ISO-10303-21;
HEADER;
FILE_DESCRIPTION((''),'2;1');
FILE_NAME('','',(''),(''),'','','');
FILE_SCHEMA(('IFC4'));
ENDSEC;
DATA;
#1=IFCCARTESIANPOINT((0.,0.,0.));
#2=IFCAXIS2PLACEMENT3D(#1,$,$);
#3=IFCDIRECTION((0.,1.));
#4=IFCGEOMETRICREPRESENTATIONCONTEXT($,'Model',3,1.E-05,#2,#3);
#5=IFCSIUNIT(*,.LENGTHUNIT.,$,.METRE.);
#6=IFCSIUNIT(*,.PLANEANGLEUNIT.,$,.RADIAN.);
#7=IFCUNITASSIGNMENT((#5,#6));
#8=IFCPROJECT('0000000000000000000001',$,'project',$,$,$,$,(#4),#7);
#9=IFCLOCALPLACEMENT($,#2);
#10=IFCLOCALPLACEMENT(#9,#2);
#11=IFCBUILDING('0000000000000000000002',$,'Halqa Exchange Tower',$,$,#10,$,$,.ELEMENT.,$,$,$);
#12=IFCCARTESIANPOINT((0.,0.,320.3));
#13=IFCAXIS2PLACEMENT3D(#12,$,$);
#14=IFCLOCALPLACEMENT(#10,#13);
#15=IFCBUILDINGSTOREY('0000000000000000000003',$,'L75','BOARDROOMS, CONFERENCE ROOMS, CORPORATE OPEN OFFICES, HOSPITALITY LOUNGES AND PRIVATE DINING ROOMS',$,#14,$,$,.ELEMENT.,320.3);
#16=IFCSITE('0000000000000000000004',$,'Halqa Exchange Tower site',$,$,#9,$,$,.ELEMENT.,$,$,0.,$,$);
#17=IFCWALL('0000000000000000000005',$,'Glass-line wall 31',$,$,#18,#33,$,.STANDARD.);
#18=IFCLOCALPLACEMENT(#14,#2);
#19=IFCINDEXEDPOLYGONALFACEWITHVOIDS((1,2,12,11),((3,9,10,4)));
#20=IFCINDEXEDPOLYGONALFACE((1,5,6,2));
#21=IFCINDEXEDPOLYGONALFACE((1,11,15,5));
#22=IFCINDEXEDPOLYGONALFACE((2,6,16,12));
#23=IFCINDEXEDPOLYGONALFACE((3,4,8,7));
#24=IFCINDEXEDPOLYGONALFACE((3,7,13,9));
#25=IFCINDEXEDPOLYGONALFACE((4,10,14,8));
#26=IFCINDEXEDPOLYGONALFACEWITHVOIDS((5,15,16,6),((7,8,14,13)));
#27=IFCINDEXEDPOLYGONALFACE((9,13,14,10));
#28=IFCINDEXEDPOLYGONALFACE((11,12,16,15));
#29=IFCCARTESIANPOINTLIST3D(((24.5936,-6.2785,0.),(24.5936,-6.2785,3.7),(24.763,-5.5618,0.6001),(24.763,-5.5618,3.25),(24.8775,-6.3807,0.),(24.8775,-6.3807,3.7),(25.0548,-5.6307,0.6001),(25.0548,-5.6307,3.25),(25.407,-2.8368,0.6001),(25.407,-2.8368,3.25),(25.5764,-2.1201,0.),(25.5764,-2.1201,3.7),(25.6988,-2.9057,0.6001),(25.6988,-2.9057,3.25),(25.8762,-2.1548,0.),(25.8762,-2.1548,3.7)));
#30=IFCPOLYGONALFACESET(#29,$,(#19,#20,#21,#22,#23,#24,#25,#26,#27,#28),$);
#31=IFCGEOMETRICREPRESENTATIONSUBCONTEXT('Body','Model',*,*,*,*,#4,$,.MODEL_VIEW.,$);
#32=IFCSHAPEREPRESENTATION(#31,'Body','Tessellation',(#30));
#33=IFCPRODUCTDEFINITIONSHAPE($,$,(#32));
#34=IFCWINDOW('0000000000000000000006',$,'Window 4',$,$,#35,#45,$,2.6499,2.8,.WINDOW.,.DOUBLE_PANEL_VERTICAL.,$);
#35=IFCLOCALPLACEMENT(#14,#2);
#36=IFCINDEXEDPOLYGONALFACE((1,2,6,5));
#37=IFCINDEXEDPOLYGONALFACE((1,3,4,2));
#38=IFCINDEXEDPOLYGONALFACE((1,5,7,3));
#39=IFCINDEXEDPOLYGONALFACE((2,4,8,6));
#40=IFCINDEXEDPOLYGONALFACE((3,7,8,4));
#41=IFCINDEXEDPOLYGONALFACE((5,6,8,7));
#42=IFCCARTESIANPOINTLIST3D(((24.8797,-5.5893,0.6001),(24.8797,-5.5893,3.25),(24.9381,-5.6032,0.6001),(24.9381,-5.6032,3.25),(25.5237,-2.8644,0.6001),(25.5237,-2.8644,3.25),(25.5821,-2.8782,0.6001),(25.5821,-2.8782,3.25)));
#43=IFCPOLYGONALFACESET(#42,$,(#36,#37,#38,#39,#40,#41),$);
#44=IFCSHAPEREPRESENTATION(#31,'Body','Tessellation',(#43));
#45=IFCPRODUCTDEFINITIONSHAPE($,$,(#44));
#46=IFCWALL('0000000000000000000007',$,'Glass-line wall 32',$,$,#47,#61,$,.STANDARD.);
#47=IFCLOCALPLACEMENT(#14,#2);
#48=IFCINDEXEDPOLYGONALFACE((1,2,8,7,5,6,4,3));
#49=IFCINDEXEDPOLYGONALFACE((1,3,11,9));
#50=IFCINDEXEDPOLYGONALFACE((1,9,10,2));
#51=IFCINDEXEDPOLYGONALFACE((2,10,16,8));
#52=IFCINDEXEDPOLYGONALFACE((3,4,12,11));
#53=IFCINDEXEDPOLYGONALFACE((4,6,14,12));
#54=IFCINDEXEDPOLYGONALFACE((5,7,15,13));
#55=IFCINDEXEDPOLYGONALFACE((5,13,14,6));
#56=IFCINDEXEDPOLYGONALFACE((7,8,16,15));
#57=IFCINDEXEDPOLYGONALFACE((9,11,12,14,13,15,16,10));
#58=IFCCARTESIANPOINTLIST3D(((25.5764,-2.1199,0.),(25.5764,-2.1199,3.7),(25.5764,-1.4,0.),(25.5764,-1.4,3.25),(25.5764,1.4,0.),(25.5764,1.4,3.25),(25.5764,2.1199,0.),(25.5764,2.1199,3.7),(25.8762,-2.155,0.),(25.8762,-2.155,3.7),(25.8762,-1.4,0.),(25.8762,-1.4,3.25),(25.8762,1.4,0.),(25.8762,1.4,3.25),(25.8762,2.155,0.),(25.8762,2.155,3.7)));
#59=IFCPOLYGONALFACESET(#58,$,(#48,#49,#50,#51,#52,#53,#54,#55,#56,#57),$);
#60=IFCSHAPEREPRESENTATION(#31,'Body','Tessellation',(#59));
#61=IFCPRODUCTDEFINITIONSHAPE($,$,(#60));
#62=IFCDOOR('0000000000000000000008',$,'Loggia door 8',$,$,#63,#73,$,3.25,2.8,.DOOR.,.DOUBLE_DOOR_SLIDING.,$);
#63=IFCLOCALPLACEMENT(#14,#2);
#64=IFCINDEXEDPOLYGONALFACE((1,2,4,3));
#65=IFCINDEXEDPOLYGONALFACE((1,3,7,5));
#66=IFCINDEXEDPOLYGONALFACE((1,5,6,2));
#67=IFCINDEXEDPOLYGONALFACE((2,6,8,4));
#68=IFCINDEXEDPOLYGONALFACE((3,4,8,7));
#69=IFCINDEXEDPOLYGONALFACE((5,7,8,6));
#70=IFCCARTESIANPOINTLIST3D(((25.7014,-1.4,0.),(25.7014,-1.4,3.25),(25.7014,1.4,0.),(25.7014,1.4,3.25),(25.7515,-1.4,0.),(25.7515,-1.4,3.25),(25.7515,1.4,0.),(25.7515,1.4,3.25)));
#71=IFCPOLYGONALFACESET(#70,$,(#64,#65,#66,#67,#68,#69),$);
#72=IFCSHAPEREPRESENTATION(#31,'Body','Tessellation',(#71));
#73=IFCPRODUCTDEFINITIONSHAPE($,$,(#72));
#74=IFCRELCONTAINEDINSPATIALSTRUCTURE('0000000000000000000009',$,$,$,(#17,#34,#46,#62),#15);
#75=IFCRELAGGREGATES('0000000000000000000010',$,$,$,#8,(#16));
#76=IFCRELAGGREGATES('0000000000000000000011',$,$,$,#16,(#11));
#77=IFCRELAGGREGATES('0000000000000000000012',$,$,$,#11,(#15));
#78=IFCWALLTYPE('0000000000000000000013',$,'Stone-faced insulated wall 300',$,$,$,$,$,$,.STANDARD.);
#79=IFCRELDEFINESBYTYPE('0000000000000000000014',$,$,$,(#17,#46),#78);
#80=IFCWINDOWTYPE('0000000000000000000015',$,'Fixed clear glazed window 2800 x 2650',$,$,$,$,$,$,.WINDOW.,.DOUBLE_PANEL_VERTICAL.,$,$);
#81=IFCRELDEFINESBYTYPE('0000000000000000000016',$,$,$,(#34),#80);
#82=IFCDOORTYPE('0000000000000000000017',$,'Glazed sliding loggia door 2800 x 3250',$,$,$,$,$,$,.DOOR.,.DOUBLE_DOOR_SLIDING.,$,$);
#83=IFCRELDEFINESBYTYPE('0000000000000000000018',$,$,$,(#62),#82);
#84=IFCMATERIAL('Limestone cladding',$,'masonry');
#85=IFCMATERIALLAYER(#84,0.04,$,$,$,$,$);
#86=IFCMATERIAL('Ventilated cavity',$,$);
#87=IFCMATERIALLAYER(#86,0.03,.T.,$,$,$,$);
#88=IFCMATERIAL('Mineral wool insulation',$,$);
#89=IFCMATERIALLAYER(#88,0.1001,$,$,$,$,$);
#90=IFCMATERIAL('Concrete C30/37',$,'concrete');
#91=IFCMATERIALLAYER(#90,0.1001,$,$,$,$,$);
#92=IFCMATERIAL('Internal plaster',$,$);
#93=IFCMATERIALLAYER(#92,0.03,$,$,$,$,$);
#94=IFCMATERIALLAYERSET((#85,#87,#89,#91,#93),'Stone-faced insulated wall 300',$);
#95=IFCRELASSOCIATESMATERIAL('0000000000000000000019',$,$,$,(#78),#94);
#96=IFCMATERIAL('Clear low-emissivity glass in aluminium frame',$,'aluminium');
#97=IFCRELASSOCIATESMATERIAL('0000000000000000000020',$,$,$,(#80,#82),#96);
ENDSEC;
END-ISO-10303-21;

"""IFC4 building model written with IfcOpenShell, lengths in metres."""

from ifc_helpers import new_model, si_unit, direction, frame, frame_2d, origin, place, context, subcontext, project, spatial, polyline, rectangle, outline, extrude, material, layer, layer_set, type_object, element, fill, save


model = new_model("IFC4")

# Units and contexts
model_context = context("Model", 3, precision=1e-05, world=origin(), true_north=direction((0.0, 1.0)))
body_context = subcontext(model_context, "Body", "Model", "MODEL_VIEW")
ifc_project = project(units=[si_unit("LENGTHUNIT", "METRE"), si_unit("PLANEANGLEUNIT", "RADIAN")], contexts=[model_context])

# Site, building, storey
site_placement = place(None, origin())
site = spatial("IfcSite", under=ifc_project, at=site_placement, Name="Halqa Exchange Tower site", CompositionType="ELEMENT", RefElevation=0.0)
building_placement = place(site_placement, origin())
building = spatial("IfcBuilding", under=site, at=building_placement, Name="Halqa Exchange Tower", CompositionType="ELEMENT")
storey_placement = place(building_placement, frame((0.0, 0.0, 320.3)))
storey = spatial("IfcBuildingStorey", under=building, at=storey_placement, Name="L75", Description="BOARDROOMS, CONFERENCE ROOMS, CORPORATE OPEN OFFICES, HOSPITALITY LOUNGES AND PRIVATE DINING ROOMS", CompositionType="ELEMENT", Elevation=320.3)

# Wall, opening, window
ifc_material_1 = material(Name="Limestone cladding", Category="masonry")
ifc_layer_1 = layer(ifc_material_1, 0.04)
ifc_material_2 = material(Name="Ventilated cavity")
ifc_layer_2 = layer(ifc_material_2, 0.03, ventilated=True)
ifc_material_3 = material(Name="Mineral wool insulation")
ifc_layer_3 = layer(ifc_material_3, 0.1001)
ifc_material_4 = material(Name="Concrete C30/37", Category="concrete")
ifc_layer_4 = layer(ifc_material_4, 0.1001)
ifc_material_5 = material(Name="Internal plaster")
ifc_layer_5 = layer(ifc_material_5, 0.03)
ifc_layer_set_1 = layer_set([ifc_layer_1, ifc_layer_2, ifc_layer_3, ifc_layer_4, ifc_layer_5], Name="Stone-faced insulated wall 300")
wall_type_1 = type_object("IfcWallType", Name="Stone-faced insulated wall 300", PredefinedType="STANDARD", material=ifc_layer_set_1)
ifc_material_6 = material(Name="Clear low-emissivity glass in aluminium frame", Category="aluminium")
window_type = type_object("IfcWindowType", Name="Fixed clear glazed window 2800 x 2650", PartitioningType="DOUBLE_PANEL_VERTICAL", PredefinedType="WINDOW", material=ifc_material_6)
wall_1_placement = place(storey_placement, frame((24.7356, -6.3296, 0.0), z_axis=(0.0, 0.0, 1.0), x_axis=(0.229993, 0.973192, 0.0)))
wall_1 = element("IfcWall", 1, at=wall_1_placement, inside=storey, type_object=wall_type_1, Name="Glass-line wall 31", PredefinedType="STANDARD", context=body_context, shape_type="SweptSolid", body=[
    extrude(outline(polyline([(-0.0171, -0.1499), (4.3252, -0.1499), (4.29, 0.1499), (0.0171, 0.1499), (-0.0171, -0.1499)])), origin(), (0.0, 0.0, 1.0), 3.7),
])
opening_1_placement = place(wall_1_placement, frame((0.7537, 0.0, 0.6001)))
opening_1 = element("IfcOpeningElement", 2, at=opening_1_placement, cuts=wall_1, PredefinedType="OPENING", context=body_context, shape_type="SweptSolid", body=[
    extrude(rectangle(XDim=2.8, YDim=2.6499, at=frame_2d((1.3999, 1.325))), frame((0.0, 0.1621, 0.0), z_axis=(0.0, -1.0, 0.0), x_axis=(1.0, 0.0, 0.0)), (0.0, 0.0, 1.0), 0.324),
])
window_1_placement = place(opening_1_placement, origin())
window_1 = element("IfcWindow", 3, at=window_1_placement, inside=storey, type_object=window_type, Name="Window 4", OverallHeight=2.6499, OverallWidth=2.8, PartitioningType="DOUBLE_PANEL_VERTICAL", PredefinedType="WINDOW", context=body_context, shape_type="SweptSolid", body=[
    extrude(rectangle(XDim=2.8, YDim=2.6499, at=frame_2d((1.3999, 1.325))), frame((0.0, 0.03, 0.0), z_axis=(0.0, -1.0, 0.0), x_axis=(1.0, 0.0, 0.0)), (0.0, 0.0, 1.0), 0.0601),
])
fill(opening_1, window_1)

# Wall, opening, door
wall_2_placement = place(storey_placement, frame((25.7263, -2.1375, 0.0), z_axis=(0.0, 0.0, 1.0), x_axis=(0.0, 1.0, 0.0)))
wall_2 = element("IfcWall", 4, at=wall_2_placement, inside=storey, type_object=wall_type_1, Name="Glass-line wall 32", PredefinedType="STANDARD", context=body_context, shape_type="SweptSolid", body=[
    extrude(outline(polyline([(-0.0176, -0.1499), (4.2925, -0.1499), (4.2573, 0.1499), (0.0176, 0.1499), (-0.0176, -0.1499)])), origin(), (0.0, 0.0, 1.0), 3.7),
])
opening_2_placement = place(wall_2_placement, frame((0.7375, 0.0, 0.0)))
opening_2 = element("IfcOpeningElement", 5, at=opening_2_placement, cuts=wall_2, PredefinedType="OPENING", context=body_context, shape_type="SweptSolid", body=[
    extrude(rectangle(XDim=2.8, YDim=3.25, at=frame_2d((1.3999, 1.625))), frame((0.0, 0.1621, 0.0), z_axis=(0.0, -1.0, 0.0), x_axis=(1.0, 0.0, 0.0)), (0.0, 0.0, 1.0), 0.324),
])
door_type = type_object("IfcDoorType", Name="Glazed sliding loggia door 2800 x 3250", OperationType="DOUBLE_DOOR_SLIDING", PredefinedType="DOOR", material=ifc_material_6)
door_placement = place(opening_2_placement, origin())
door = element("IfcDoor", 6, at=door_placement, inside=storey, type_object=door_type, Name="Loggia door 8", OperationType="DOUBLE_DOOR_SLIDING", OverallHeight=3.25, OverallWidth=2.8, PredefinedType="DOOR", context=body_context, shape_type="SweptSolid", body=[
    extrude(rectangle(XDim=2.8, YDim=3.25, at=frame_2d((1.3999, 1.625))), frame((0.0, 0.0249, 0.0), z_axis=(0.0, -1.0, 0.0), x_axis=(1.0, 0.0, 0.0)), (0.0, 0.0, 1.0), 0.05),
])
fill(opening_2, door)

save(model, "model.ifc")
